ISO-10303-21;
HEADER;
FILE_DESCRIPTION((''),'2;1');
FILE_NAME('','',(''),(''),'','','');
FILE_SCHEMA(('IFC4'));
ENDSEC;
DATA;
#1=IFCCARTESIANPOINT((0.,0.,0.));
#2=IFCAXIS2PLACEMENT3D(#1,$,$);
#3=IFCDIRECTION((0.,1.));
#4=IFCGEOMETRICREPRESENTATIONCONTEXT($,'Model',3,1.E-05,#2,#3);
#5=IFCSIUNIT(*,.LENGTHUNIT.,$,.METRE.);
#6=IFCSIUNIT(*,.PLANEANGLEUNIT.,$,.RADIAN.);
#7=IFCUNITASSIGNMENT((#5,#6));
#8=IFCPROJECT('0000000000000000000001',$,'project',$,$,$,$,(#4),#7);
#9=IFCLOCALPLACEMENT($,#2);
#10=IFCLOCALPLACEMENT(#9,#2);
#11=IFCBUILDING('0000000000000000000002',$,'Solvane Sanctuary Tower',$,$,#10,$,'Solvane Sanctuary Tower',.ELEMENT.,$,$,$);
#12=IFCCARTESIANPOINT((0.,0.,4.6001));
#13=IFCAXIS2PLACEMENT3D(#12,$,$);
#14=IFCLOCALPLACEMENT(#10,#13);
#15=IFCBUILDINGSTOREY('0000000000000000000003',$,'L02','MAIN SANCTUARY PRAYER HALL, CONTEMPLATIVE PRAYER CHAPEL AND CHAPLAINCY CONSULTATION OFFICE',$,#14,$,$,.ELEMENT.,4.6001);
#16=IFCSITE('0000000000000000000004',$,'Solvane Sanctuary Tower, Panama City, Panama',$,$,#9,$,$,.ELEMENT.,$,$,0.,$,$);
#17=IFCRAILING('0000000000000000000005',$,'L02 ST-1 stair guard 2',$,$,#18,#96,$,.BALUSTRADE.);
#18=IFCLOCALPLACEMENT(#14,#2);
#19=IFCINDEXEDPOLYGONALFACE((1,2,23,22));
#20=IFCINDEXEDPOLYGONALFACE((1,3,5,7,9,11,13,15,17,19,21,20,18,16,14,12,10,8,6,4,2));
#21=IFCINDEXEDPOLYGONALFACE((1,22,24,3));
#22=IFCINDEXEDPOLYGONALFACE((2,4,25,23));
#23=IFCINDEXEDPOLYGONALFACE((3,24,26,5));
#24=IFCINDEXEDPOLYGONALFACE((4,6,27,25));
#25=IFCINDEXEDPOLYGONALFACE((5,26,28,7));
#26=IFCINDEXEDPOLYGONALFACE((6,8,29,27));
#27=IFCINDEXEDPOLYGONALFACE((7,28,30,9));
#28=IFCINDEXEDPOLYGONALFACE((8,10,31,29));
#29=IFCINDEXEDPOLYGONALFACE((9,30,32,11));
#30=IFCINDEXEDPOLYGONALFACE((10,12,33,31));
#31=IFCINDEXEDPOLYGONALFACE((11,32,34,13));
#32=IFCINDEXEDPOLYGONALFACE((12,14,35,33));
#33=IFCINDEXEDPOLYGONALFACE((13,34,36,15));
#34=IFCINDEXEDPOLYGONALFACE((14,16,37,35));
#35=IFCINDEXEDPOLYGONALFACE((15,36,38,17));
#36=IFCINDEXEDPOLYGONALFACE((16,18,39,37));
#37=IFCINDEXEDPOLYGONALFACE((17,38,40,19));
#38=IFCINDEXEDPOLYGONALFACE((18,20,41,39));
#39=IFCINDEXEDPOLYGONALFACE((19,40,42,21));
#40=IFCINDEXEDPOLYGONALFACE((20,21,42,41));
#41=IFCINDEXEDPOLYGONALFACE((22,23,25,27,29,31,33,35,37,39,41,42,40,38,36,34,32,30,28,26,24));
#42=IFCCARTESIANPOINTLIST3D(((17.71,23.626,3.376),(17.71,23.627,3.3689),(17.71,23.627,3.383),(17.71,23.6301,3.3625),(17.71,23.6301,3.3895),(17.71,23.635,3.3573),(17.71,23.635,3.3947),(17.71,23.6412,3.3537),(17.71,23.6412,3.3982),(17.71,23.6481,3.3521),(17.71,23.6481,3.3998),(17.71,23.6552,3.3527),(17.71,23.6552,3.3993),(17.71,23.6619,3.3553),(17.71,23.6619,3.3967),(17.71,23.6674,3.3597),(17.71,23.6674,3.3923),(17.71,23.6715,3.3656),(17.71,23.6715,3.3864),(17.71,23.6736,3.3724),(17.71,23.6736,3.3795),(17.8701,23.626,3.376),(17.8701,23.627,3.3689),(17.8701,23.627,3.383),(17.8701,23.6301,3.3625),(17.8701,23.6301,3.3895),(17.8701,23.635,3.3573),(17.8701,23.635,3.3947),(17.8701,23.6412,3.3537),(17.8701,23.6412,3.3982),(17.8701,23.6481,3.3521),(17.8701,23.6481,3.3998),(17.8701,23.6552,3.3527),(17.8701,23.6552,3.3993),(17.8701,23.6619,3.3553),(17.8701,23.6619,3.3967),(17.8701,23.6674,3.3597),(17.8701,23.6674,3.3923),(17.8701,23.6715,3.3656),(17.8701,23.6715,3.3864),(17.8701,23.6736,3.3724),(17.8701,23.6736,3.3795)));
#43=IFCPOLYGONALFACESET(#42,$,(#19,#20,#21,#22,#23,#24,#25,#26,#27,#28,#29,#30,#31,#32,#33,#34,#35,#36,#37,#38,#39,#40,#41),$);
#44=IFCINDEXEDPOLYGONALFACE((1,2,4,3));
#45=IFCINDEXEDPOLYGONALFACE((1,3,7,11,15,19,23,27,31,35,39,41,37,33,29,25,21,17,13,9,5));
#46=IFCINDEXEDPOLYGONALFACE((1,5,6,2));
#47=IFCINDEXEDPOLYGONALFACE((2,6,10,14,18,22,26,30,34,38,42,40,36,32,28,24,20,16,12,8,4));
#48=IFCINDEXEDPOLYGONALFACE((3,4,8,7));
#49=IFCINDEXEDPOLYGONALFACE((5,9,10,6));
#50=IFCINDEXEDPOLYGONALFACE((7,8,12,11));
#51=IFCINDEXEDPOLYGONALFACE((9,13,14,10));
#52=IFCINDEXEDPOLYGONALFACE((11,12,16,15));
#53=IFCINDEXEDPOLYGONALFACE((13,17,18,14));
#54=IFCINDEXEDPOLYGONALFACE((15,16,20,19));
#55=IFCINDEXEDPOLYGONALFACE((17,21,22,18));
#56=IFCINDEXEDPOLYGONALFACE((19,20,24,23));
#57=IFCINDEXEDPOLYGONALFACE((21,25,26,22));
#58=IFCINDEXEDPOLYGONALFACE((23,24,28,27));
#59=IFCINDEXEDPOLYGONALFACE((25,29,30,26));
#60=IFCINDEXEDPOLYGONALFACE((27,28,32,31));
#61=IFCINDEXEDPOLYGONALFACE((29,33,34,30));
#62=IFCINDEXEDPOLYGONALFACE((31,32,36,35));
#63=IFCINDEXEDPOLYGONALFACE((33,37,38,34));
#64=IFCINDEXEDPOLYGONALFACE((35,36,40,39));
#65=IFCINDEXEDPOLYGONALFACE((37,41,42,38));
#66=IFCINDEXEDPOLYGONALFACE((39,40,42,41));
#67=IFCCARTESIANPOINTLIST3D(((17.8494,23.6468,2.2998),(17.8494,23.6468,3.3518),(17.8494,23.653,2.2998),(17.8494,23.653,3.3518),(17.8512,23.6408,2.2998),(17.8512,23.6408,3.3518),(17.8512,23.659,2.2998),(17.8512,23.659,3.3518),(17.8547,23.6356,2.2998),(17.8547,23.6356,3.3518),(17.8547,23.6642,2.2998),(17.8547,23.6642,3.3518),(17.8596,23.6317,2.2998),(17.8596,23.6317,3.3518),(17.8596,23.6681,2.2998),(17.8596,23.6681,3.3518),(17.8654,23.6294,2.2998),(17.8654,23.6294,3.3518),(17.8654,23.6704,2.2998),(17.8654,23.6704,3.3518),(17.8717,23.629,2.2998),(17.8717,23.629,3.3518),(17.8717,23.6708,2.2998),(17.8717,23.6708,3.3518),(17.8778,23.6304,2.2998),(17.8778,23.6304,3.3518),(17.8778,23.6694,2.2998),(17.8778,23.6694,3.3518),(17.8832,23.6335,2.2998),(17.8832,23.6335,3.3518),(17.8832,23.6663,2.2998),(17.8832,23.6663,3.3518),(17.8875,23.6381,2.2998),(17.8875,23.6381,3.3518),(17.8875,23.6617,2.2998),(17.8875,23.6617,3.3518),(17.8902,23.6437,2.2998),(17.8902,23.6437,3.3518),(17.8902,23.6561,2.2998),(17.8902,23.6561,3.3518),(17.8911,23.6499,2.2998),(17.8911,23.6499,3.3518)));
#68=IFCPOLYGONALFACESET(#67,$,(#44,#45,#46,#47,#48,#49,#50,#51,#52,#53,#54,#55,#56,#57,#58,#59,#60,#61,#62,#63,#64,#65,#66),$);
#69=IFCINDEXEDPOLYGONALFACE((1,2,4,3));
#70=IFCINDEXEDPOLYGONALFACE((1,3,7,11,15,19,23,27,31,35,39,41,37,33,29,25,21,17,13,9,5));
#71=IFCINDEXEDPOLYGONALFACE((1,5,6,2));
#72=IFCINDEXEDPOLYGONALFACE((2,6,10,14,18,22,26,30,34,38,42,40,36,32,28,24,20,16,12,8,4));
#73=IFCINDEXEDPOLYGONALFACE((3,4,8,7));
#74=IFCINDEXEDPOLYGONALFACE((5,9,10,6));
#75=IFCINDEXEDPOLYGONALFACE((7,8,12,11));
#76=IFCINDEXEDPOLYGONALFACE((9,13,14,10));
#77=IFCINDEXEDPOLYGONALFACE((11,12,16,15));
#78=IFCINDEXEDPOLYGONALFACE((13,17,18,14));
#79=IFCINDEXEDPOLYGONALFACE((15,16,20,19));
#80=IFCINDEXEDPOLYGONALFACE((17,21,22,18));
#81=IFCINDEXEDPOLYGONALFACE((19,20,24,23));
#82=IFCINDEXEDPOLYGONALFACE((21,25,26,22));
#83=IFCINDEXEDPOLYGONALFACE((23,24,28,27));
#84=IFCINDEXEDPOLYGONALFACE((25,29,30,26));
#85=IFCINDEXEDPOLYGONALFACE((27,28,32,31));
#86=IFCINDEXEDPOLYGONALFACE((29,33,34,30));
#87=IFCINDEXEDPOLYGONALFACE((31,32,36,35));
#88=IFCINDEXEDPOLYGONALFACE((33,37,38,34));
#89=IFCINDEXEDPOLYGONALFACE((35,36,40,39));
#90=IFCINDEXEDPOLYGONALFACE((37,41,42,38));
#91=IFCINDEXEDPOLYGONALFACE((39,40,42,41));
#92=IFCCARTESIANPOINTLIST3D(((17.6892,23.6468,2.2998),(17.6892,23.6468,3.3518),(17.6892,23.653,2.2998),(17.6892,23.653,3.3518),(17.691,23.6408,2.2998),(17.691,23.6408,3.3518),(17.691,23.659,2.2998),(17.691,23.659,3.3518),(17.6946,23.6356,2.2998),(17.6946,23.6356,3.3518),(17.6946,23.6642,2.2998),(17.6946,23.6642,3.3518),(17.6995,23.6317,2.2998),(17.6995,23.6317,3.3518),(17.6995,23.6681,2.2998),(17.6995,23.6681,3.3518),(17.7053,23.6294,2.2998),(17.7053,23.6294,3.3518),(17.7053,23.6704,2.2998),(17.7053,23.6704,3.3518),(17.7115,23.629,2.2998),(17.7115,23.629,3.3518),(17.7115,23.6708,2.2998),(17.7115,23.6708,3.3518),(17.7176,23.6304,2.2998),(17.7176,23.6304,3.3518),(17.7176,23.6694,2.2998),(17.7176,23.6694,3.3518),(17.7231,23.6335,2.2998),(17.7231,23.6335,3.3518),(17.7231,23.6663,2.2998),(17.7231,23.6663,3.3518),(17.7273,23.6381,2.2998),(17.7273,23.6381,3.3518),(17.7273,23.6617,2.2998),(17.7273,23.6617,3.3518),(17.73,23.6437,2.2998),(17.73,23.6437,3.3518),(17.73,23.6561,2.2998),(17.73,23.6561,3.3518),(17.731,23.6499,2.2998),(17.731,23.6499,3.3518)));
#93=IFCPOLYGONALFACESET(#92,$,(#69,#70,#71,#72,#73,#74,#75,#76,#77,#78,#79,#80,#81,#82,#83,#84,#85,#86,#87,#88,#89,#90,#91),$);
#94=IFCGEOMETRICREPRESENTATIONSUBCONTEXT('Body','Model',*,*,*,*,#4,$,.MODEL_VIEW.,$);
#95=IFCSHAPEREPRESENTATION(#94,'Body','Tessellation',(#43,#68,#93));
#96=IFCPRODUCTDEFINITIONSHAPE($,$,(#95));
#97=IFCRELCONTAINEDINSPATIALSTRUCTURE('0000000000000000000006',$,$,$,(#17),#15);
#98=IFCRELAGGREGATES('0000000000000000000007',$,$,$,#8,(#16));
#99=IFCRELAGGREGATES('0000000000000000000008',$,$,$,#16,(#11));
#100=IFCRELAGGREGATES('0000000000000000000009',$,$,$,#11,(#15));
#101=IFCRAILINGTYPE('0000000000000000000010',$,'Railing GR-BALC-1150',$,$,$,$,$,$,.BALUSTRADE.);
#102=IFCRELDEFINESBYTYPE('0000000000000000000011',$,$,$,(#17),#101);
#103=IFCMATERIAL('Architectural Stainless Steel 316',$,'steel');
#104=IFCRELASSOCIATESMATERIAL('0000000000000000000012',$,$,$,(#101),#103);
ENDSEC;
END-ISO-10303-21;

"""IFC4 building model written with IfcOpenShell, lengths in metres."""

from ifc_helpers import new_model, si_unit, direction, frame, origin, origin_2d, place, context, subcontext, project, spatial, circle, extrude, material, type_object, element, save


model = new_model("IFC4")

# Units and contexts
model_context = context("Model", 3, precision=1e-05, world=origin(), true_north=direction((0.0, 1.0)))
body_context = subcontext(model_context, "Body", "Model", "MODEL_VIEW")
ifc_project = project(units=[si_unit("LENGTHUNIT", "METRE"), si_unit("PLANEANGLEUNIT", "RADIAN")], contexts=[model_context])

# Site, building, storey
site_placement = place(None, origin())
site = spatial("IfcSite", under=ifc_project, at=site_placement, Name="Solvane Sanctuary Tower, Panama City, Panama", CompositionType="ELEMENT", RefElevation=0.0)
building_placement = place(site_placement, origin())
building = spatial("IfcBuilding", under=site, at=building_placement, Name="Solvane Sanctuary Tower", LongName="Solvane Sanctuary Tower", CompositionType="ELEMENT")
storey_placement = place(building_placement, frame((0.0, 0.0, 4.6001)))
storey = spatial("IfcBuildingStorey", under=building, at=storey_placement, Name="L02", Description="MAIN SANCTUARY PRAYER HALL, CONTEMPLATIVE PRAYER CHAPEL AND CHAPLAINCY CONSULTATION OFFICE", CompositionType="ELEMENT", Elevation=4.6001)

# Shared definitions
ifc_material_1 = material(Name="Architectural Stainless Steel 316", Category="steel")

# Railing
railing_type_1 = type_object("IfcRailingType", Name="Railing GR-BALC-1150", PredefinedType="BALUSTRADE", material=ifc_material_1)
railing_1_placement = place(storey_placement, frame((17.8701, 23.6499, 2.2998)))
element("IfcRailing", 1, at=railing_1_placement, inside=storey, type_object=railing_type_1, Name="L02 ST-1 stair guard 2", PredefinedType="BALUSTRADE", context=body_context, shape_type="SweptSolid", body=[
    extrude(circle(Radius=0.0239, at=origin_2d()), frame((0.0, 0.0, 1.0762), z_axis=(-1.0, 0.0, 0.0), x_axis=(0.0, -1.0, 0.0)), (0.0, 0.0, 1.0), 0.1602),
    extrude(circle(Radius=0.021, at=origin_2d()), origin(), (0.0, 0.0, 1.0), 1.052),
    extrude(circle(Radius=0.021, at=origin_2d()), frame((-0.1602, 0.0, 0.0)), (0.0, 0.0, 1.0), 1.052),
])

save(model, "model.ifc")
